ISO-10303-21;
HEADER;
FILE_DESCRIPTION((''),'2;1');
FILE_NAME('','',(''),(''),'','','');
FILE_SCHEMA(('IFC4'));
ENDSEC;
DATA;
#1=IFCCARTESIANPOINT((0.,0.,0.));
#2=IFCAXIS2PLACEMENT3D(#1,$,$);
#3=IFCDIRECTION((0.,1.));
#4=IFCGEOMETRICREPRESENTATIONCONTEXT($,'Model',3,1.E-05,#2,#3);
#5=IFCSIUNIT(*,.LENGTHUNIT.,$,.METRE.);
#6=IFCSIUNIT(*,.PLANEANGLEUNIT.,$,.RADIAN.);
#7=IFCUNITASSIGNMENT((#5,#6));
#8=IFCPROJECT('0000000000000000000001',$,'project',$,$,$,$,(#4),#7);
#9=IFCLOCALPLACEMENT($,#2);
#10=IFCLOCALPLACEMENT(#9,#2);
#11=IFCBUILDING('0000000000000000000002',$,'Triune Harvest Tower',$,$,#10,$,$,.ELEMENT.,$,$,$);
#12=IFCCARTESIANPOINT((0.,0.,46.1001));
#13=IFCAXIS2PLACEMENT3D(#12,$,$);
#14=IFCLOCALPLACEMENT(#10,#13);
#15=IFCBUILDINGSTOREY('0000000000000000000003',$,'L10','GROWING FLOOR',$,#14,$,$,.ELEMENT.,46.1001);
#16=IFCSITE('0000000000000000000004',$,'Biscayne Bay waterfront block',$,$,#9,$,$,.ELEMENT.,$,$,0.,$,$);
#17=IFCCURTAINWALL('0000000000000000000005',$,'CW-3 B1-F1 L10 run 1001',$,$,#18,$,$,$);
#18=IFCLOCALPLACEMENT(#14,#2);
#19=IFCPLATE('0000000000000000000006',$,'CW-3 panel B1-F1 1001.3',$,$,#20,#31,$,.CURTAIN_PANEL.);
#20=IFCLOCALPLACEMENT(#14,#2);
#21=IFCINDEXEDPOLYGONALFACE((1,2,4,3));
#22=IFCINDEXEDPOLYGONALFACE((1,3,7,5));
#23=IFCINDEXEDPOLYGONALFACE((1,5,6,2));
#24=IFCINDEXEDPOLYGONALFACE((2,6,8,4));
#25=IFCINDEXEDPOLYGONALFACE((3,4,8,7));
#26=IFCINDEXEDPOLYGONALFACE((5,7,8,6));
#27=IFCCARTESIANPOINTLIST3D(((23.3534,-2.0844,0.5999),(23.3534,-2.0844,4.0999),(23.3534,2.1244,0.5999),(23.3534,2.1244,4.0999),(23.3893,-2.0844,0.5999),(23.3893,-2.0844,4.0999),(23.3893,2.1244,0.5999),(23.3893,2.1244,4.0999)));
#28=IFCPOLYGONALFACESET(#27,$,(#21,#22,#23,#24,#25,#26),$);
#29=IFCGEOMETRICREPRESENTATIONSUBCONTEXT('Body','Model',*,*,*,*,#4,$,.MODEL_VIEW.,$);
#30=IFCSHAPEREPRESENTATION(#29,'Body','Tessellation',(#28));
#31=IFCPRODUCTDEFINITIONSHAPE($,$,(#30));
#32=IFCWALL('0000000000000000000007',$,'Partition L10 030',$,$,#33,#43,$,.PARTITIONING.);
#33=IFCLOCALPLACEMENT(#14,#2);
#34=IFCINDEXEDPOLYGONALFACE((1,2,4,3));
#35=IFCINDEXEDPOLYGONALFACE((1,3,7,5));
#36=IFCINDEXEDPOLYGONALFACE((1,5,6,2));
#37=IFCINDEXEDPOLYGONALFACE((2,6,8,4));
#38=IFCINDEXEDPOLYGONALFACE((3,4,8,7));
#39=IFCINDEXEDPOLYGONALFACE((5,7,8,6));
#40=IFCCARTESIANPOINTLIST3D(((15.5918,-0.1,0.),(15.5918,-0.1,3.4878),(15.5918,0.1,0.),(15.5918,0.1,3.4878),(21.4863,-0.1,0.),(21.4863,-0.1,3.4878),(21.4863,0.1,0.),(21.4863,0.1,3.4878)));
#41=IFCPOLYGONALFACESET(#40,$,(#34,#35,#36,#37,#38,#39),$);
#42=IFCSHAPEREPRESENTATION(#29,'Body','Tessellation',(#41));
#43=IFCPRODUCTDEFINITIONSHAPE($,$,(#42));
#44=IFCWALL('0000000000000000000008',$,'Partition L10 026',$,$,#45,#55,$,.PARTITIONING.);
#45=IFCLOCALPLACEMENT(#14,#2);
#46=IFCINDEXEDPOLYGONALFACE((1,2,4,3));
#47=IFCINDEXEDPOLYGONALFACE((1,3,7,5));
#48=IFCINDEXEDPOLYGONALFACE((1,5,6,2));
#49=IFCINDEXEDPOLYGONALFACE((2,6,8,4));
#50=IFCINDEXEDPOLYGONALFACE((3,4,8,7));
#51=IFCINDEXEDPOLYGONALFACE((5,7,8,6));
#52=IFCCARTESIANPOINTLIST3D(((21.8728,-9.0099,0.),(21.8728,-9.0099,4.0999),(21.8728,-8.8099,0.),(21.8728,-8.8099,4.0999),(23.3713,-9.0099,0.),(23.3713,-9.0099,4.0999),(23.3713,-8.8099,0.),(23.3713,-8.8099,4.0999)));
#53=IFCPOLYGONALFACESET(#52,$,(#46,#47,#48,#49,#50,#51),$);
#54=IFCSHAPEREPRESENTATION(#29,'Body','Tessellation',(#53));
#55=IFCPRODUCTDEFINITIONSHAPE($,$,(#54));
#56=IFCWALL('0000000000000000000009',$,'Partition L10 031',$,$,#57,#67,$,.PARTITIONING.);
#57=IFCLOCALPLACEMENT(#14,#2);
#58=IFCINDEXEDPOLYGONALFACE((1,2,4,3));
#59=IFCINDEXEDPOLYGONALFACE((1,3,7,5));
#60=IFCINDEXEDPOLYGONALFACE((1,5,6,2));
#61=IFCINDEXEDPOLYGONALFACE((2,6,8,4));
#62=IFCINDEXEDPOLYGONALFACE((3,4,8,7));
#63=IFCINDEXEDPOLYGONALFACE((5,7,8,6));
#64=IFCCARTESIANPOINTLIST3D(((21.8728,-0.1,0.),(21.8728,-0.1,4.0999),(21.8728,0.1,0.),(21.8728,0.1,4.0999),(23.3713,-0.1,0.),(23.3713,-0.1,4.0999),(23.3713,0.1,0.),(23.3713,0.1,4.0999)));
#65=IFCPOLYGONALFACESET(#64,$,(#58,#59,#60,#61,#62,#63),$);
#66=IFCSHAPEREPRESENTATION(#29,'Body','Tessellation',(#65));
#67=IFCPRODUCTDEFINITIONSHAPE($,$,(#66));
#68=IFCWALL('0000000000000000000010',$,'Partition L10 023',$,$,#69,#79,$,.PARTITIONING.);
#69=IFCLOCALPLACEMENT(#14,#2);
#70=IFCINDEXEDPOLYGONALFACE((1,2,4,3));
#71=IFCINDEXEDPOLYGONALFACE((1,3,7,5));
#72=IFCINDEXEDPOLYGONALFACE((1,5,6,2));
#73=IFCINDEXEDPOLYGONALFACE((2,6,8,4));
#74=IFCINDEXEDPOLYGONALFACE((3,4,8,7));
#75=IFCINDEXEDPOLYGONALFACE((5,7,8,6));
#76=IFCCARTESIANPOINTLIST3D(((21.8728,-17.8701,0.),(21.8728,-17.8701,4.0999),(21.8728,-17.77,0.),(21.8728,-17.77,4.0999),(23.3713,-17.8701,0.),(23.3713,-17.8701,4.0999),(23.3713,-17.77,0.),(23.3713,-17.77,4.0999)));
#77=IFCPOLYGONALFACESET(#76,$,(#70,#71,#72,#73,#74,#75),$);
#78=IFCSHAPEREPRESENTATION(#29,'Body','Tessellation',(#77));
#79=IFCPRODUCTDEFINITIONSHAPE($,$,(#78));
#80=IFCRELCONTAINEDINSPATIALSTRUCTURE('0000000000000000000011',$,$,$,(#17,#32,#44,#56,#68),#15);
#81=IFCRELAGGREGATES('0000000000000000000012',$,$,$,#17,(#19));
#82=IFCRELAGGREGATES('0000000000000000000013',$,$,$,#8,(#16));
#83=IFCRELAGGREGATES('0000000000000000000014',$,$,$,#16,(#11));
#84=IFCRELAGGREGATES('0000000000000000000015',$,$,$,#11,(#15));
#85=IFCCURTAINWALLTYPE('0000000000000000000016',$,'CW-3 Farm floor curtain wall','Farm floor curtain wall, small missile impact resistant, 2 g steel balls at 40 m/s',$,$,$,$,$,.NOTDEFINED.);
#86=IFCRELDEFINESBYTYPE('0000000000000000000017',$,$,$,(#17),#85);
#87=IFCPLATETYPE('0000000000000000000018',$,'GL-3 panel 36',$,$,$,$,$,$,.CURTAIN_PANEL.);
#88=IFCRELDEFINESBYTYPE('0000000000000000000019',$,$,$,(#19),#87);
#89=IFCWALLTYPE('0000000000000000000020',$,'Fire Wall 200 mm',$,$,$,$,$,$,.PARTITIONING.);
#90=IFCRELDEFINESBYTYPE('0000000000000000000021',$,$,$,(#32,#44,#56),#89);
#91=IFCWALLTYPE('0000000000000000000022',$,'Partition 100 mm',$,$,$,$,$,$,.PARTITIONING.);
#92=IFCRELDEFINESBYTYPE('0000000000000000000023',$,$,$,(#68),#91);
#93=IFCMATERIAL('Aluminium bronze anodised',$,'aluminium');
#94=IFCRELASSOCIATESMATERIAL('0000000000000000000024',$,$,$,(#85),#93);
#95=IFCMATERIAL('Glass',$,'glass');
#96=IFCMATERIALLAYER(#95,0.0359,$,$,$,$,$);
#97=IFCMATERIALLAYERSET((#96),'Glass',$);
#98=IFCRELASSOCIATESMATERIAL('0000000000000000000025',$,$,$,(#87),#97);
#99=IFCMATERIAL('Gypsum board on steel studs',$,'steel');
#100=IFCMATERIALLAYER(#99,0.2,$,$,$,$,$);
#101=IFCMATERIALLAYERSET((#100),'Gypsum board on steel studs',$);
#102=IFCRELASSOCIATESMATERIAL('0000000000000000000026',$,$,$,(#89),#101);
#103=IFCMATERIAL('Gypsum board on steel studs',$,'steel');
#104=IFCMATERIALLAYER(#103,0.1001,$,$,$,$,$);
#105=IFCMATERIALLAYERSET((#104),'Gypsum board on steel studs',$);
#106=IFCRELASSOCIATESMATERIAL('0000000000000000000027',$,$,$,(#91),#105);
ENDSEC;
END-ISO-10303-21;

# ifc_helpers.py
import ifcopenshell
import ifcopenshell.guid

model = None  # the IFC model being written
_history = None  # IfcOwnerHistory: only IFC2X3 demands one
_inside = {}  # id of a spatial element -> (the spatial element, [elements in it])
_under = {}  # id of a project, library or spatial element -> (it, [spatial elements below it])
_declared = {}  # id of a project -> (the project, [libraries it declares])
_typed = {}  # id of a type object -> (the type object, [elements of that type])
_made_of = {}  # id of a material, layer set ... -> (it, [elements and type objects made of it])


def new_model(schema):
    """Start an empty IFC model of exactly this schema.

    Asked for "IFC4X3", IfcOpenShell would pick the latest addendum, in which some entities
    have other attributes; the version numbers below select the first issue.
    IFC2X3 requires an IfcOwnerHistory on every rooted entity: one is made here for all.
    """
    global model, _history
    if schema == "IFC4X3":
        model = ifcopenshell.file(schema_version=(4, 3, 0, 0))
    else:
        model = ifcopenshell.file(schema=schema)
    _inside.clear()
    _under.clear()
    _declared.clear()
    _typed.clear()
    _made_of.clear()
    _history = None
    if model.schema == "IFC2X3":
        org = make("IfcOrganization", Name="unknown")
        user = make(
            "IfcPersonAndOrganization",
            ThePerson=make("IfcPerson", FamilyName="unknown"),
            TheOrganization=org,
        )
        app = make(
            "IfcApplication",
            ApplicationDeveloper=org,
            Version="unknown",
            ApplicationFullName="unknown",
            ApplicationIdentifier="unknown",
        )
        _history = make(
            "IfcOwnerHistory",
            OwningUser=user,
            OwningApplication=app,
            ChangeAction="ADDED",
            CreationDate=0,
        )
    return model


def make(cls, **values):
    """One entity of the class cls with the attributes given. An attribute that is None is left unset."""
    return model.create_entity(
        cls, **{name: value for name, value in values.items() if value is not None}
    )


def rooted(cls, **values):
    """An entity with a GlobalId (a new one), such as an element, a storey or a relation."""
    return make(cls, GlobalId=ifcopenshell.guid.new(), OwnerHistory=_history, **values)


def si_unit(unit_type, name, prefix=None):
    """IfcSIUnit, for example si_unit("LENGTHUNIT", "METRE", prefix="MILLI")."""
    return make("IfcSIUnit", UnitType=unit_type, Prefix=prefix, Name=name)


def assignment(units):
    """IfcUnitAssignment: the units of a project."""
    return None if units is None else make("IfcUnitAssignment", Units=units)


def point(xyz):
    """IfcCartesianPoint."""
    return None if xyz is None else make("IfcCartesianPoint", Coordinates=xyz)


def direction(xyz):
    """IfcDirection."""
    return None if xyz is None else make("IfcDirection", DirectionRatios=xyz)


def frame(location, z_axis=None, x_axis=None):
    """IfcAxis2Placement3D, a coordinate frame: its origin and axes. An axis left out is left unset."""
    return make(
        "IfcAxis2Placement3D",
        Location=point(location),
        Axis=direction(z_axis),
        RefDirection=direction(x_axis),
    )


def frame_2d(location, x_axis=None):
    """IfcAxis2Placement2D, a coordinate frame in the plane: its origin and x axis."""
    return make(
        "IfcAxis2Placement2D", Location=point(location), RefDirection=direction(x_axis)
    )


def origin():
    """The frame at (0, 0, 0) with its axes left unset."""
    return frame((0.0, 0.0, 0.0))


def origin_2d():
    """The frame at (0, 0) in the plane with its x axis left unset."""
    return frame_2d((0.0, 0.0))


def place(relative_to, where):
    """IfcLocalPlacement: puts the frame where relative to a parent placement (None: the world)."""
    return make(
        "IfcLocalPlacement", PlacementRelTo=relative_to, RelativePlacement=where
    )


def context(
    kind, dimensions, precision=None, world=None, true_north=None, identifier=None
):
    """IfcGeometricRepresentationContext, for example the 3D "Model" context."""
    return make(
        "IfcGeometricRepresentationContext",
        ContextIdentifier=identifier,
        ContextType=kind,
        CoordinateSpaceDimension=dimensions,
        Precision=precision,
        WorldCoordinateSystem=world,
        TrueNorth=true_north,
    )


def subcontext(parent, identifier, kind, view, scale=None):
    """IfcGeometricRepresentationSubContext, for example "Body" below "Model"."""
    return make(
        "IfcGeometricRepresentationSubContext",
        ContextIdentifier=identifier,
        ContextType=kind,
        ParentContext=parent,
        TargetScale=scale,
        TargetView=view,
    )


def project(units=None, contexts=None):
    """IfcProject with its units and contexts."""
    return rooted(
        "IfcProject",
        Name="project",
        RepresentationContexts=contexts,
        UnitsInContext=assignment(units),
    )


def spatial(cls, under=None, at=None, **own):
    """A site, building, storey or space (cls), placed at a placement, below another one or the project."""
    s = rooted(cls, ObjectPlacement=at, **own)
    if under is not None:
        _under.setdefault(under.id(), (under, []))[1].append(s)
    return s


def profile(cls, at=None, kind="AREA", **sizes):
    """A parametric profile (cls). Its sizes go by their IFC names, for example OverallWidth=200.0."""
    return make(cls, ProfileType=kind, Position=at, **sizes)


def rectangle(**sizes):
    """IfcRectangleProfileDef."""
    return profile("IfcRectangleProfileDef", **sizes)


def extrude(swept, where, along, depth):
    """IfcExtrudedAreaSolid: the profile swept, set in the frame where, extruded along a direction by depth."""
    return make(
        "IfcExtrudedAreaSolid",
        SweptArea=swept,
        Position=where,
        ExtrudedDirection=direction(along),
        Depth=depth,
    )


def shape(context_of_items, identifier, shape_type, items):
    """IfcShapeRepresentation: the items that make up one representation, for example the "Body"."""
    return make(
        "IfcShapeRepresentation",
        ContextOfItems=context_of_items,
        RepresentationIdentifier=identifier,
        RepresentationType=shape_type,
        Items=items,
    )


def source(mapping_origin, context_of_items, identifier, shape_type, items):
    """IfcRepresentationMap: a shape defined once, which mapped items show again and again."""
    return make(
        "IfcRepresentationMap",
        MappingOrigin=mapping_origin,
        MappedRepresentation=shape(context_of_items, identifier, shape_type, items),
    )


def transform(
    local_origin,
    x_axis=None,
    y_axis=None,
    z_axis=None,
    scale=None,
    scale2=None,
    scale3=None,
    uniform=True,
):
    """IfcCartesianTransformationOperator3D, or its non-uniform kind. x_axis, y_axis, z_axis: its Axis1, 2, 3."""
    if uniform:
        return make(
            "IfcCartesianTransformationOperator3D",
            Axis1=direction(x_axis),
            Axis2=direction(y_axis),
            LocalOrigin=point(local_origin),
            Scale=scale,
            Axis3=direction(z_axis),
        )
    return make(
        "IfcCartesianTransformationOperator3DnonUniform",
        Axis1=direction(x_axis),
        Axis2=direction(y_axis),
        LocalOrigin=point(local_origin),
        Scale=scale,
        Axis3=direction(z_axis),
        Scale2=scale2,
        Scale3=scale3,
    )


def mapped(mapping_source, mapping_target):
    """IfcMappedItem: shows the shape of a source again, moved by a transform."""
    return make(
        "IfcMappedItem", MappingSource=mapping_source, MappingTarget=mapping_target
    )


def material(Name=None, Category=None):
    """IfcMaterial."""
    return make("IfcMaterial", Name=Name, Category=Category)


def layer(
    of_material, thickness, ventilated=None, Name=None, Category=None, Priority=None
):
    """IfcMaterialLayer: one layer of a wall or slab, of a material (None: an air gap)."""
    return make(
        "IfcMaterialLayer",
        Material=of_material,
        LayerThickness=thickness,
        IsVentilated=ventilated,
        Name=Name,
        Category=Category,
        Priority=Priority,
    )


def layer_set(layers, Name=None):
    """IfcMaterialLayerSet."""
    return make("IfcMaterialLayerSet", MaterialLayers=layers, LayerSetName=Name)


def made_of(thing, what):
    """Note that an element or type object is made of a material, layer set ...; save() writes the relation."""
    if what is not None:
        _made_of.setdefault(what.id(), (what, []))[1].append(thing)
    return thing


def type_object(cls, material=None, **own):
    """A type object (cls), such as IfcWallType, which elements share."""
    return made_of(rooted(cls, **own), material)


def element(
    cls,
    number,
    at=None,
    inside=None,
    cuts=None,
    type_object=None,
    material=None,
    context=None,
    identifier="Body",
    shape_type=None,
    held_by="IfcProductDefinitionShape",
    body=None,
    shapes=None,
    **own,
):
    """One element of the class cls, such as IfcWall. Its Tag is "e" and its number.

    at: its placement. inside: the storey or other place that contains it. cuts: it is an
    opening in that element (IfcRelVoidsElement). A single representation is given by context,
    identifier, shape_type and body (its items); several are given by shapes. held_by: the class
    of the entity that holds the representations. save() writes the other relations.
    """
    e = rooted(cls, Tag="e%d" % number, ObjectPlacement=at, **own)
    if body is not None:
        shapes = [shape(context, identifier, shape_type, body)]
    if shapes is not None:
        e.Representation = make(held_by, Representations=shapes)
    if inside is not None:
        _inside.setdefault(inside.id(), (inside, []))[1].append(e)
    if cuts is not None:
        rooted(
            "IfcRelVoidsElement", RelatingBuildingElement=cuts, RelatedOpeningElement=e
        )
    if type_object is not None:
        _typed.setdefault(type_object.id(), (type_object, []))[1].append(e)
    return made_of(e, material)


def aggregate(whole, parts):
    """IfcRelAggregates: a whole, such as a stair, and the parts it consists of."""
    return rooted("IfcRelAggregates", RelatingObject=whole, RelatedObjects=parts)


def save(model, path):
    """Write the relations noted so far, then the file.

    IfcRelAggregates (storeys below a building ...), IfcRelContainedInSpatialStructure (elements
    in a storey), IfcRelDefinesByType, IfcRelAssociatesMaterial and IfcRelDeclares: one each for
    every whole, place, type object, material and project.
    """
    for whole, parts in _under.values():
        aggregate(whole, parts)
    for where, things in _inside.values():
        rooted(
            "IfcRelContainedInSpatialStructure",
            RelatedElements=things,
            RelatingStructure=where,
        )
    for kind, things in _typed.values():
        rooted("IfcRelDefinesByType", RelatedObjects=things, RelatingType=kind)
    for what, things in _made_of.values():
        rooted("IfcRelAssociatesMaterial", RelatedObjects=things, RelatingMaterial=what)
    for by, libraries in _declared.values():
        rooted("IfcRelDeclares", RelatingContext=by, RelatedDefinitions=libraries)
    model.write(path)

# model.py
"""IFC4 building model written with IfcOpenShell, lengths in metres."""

from ifc_helpers import new_model, si_unit, direction, frame, frame_2d, origin, origin_2d, place, context, subcontext, project, spatial, rectangle, extrude, source, transform, mapped, material, layer, layer_set, type_object, element, aggregate, save


model = new_model("IFC4")

# Units and contexts
model_context = context("Model", 3, precision=1e-05, world=origin(), true_north=direction((0.0, 1.0)))
body_context = subcontext(model_context, "Body", "Model", "MODEL_VIEW")
ifc_project = project(units=[si_unit("LENGTHUNIT", "METRE"), si_unit("PLANEANGLEUNIT", "RADIAN")], contexts=[model_context])

# Site, building, storey
site_placement = place(None, origin())
site = spatial("IfcSite", under=ifc_project, at=site_placement, Name="Biscayne Bay waterfront block", CompositionType="ELEMENT", RefElevation=0.0)
building_placement = place(site_placement, origin())
building = spatial("IfcBuilding", under=site, at=building_placement, Name="Triune Harvest Tower", CompositionType="ELEMENT")
storey_placement = place(building_placement, frame((0.0, 0.0, 46.1001)))
storey = spatial("IfcBuildingStorey", under=building, at=storey_placement, Name="L10", Description="GROWING FLOOR", CompositionType="ELEMENT", Elevation=46.1001)

# Curtain wall
ifc_material_1 = material(Name="Aluminium bronze anodised", Category="aluminium")
curtain_wall_type_1 = type_object("IfcCurtainWallType", Name="CW-3 Farm floor curtain wall", Description="Farm floor curtain wall, small missile impact resistant, 2 g steel balls at 40 m/s", PredefinedType="NOTDEFINED", material=ifc_material_1)
curtain_wall_1_placement = place(storey_placement, origin())
curtain_wall_1 = element("IfcCurtainWall", 1, at=curtain_wall_1_placement, inside=storey, type_object=curtain_wall_type_1, Name="CW-3 B1-F1 L10 run 1001")

# Plate
ifc_material_2 = material(Name="Glass", Category="glass")
ifc_layer_1 = layer(ifc_material_2, 0.0359)
ifc_layer_set_1 = layer_set([ifc_layer_1], Name="Glass")
plate_type_1 = type_object("IfcPlateType", Name="GL-3 panel 36", PredefinedType="CURTAIN_PANEL", material=ifc_layer_set_1)
shared_shape_1 = source(origin(), body_context, "Body", "SweptSolid", [
    extrude(rectangle(XDim=4.2087, YDim=0.0359, at=origin_2d()), origin(), (0.0, 0.0, 1.0), 3.5),
])
plate_1_placement = place(storey_placement, frame((23.3713, 0.02, 0.5999), z_axis=(0.0, 0.0, 1.0), x_axis=(0.0, 1.0, 0.0)))
plate_1 = element("IfcPlate", 2, at=plate_1_placement, type_object=plate_type_1, Name="CW-3 panel B1-F1 1001.3", PredefinedType="CURTAIN_PANEL", context=body_context, shape_type="MappedRepresentation", body=[
    mapped(shared_shape_1, transform((0.0, 0.0, 0.0), scale=1.0)),
])
aggregate(curtain_wall_1, [plate_1])

# Walls
ifc_material_3 = material(Name="Gypsum board on steel studs", Category="steel")
ifc_layer_2 = layer(ifc_material_3, 0.2)
ifc_layer_set_2 = layer_set([ifc_layer_2], Name="Gypsum board on steel studs")
wall_type_1 = type_object("IfcWallType", Name="Fire Wall 200 mm", PredefinedType="PARTITIONING", material=ifc_layer_set_2)
wall_1_placement = place(storey_placement, frame((15.5918, 0.0, 0.0), z_axis=(0.0, 0.0, 1.0), x_axis=(1.0, 0.0, 0.0)))
element("IfcWall", 3, at=wall_1_placement, inside=storey, type_object=wall_type_1, Name="Partition L10 030", PredefinedType="PARTITIONING", context=body_context, shape_type="SweptSolid", body=[
    extrude(rectangle(XDim=5.8945, YDim=0.2, at=frame_2d((2.9473, 0.0))), origin(), (0.0, 0.0, 1.0), 3.4878),
])
shared_shape_2 = source(origin(), body_context, "Body", "SweptSolid", [
    extrude(rectangle(XDim=1.4985, YDim=0.2, at=frame_2d((0.7493, 0.0))), origin(), (0.0, 0.0, 1.0), 4.0999),
])
for number, where, z_axis, x_axis, name in (
    (4, (21.8728, -8.9099, 0.0), (0.0, 0.0, 1.0), (1.0, 0.0, 0.0), "Partition L10 026"),
    (5, (21.8728, 0.0, 0.0), (0.0, 0.0, 1.0), (1.0, 0.0, 0.0), "Partition L10 031"),
):
    element("IfcWall", number, at=place(storey_placement, frame(where, z_axis=z_axis, x_axis=x_axis)), inside=storey, type_object=wall_type_1, Name=name, PredefinedType="PARTITIONING", context=body_context, shape_type="MappedRepresentation", body=[
        mapped(shared_shape_2, transform((0.0, 0.0, 0.0), scale=1.0)),
    ])
ifc_material_4 = material(Name="Gypsum board on steel studs", Category="steel")
ifc_layer_3 = layer(ifc_material_4, 0.1001)
ifc_layer_set_3 = layer_set([ifc_layer_3], Name="Gypsum board on steel studs")
wall_type_2 = type_object("IfcWallType", Name="Partition 100 mm", PredefinedType="PARTITIONING", material=ifc_layer_set_3)
shared_shape_3 = source(origin(), body_context, "Body", "SweptSolid", [
    extrude(rectangle(XDim=1.4985, YDim=0.1001, at=frame_2d((0.7493, 0.0))), origin(), (0.0, 0.0, 1.0), 4.0999),
])
wall_2_placement = place(storey_placement, frame((21.8728, -17.8201, 0.0), z_axis=(0.0, 0.0, 1.0), x_axis=(1.0, 0.0, 0.0)))
element("IfcWall", 6, at=wall_2_placement, inside=storey, type_object=wall_type_2, Name="Partition L10 023", PredefinedType="PARTITIONING", context=body_context, shape_type="MappedRepresentation", body=[
    mapped(shared_shape_3, transform((0.0, 0.0, 0.0), scale=1.0)),
])

save(model, "model.ifc")
